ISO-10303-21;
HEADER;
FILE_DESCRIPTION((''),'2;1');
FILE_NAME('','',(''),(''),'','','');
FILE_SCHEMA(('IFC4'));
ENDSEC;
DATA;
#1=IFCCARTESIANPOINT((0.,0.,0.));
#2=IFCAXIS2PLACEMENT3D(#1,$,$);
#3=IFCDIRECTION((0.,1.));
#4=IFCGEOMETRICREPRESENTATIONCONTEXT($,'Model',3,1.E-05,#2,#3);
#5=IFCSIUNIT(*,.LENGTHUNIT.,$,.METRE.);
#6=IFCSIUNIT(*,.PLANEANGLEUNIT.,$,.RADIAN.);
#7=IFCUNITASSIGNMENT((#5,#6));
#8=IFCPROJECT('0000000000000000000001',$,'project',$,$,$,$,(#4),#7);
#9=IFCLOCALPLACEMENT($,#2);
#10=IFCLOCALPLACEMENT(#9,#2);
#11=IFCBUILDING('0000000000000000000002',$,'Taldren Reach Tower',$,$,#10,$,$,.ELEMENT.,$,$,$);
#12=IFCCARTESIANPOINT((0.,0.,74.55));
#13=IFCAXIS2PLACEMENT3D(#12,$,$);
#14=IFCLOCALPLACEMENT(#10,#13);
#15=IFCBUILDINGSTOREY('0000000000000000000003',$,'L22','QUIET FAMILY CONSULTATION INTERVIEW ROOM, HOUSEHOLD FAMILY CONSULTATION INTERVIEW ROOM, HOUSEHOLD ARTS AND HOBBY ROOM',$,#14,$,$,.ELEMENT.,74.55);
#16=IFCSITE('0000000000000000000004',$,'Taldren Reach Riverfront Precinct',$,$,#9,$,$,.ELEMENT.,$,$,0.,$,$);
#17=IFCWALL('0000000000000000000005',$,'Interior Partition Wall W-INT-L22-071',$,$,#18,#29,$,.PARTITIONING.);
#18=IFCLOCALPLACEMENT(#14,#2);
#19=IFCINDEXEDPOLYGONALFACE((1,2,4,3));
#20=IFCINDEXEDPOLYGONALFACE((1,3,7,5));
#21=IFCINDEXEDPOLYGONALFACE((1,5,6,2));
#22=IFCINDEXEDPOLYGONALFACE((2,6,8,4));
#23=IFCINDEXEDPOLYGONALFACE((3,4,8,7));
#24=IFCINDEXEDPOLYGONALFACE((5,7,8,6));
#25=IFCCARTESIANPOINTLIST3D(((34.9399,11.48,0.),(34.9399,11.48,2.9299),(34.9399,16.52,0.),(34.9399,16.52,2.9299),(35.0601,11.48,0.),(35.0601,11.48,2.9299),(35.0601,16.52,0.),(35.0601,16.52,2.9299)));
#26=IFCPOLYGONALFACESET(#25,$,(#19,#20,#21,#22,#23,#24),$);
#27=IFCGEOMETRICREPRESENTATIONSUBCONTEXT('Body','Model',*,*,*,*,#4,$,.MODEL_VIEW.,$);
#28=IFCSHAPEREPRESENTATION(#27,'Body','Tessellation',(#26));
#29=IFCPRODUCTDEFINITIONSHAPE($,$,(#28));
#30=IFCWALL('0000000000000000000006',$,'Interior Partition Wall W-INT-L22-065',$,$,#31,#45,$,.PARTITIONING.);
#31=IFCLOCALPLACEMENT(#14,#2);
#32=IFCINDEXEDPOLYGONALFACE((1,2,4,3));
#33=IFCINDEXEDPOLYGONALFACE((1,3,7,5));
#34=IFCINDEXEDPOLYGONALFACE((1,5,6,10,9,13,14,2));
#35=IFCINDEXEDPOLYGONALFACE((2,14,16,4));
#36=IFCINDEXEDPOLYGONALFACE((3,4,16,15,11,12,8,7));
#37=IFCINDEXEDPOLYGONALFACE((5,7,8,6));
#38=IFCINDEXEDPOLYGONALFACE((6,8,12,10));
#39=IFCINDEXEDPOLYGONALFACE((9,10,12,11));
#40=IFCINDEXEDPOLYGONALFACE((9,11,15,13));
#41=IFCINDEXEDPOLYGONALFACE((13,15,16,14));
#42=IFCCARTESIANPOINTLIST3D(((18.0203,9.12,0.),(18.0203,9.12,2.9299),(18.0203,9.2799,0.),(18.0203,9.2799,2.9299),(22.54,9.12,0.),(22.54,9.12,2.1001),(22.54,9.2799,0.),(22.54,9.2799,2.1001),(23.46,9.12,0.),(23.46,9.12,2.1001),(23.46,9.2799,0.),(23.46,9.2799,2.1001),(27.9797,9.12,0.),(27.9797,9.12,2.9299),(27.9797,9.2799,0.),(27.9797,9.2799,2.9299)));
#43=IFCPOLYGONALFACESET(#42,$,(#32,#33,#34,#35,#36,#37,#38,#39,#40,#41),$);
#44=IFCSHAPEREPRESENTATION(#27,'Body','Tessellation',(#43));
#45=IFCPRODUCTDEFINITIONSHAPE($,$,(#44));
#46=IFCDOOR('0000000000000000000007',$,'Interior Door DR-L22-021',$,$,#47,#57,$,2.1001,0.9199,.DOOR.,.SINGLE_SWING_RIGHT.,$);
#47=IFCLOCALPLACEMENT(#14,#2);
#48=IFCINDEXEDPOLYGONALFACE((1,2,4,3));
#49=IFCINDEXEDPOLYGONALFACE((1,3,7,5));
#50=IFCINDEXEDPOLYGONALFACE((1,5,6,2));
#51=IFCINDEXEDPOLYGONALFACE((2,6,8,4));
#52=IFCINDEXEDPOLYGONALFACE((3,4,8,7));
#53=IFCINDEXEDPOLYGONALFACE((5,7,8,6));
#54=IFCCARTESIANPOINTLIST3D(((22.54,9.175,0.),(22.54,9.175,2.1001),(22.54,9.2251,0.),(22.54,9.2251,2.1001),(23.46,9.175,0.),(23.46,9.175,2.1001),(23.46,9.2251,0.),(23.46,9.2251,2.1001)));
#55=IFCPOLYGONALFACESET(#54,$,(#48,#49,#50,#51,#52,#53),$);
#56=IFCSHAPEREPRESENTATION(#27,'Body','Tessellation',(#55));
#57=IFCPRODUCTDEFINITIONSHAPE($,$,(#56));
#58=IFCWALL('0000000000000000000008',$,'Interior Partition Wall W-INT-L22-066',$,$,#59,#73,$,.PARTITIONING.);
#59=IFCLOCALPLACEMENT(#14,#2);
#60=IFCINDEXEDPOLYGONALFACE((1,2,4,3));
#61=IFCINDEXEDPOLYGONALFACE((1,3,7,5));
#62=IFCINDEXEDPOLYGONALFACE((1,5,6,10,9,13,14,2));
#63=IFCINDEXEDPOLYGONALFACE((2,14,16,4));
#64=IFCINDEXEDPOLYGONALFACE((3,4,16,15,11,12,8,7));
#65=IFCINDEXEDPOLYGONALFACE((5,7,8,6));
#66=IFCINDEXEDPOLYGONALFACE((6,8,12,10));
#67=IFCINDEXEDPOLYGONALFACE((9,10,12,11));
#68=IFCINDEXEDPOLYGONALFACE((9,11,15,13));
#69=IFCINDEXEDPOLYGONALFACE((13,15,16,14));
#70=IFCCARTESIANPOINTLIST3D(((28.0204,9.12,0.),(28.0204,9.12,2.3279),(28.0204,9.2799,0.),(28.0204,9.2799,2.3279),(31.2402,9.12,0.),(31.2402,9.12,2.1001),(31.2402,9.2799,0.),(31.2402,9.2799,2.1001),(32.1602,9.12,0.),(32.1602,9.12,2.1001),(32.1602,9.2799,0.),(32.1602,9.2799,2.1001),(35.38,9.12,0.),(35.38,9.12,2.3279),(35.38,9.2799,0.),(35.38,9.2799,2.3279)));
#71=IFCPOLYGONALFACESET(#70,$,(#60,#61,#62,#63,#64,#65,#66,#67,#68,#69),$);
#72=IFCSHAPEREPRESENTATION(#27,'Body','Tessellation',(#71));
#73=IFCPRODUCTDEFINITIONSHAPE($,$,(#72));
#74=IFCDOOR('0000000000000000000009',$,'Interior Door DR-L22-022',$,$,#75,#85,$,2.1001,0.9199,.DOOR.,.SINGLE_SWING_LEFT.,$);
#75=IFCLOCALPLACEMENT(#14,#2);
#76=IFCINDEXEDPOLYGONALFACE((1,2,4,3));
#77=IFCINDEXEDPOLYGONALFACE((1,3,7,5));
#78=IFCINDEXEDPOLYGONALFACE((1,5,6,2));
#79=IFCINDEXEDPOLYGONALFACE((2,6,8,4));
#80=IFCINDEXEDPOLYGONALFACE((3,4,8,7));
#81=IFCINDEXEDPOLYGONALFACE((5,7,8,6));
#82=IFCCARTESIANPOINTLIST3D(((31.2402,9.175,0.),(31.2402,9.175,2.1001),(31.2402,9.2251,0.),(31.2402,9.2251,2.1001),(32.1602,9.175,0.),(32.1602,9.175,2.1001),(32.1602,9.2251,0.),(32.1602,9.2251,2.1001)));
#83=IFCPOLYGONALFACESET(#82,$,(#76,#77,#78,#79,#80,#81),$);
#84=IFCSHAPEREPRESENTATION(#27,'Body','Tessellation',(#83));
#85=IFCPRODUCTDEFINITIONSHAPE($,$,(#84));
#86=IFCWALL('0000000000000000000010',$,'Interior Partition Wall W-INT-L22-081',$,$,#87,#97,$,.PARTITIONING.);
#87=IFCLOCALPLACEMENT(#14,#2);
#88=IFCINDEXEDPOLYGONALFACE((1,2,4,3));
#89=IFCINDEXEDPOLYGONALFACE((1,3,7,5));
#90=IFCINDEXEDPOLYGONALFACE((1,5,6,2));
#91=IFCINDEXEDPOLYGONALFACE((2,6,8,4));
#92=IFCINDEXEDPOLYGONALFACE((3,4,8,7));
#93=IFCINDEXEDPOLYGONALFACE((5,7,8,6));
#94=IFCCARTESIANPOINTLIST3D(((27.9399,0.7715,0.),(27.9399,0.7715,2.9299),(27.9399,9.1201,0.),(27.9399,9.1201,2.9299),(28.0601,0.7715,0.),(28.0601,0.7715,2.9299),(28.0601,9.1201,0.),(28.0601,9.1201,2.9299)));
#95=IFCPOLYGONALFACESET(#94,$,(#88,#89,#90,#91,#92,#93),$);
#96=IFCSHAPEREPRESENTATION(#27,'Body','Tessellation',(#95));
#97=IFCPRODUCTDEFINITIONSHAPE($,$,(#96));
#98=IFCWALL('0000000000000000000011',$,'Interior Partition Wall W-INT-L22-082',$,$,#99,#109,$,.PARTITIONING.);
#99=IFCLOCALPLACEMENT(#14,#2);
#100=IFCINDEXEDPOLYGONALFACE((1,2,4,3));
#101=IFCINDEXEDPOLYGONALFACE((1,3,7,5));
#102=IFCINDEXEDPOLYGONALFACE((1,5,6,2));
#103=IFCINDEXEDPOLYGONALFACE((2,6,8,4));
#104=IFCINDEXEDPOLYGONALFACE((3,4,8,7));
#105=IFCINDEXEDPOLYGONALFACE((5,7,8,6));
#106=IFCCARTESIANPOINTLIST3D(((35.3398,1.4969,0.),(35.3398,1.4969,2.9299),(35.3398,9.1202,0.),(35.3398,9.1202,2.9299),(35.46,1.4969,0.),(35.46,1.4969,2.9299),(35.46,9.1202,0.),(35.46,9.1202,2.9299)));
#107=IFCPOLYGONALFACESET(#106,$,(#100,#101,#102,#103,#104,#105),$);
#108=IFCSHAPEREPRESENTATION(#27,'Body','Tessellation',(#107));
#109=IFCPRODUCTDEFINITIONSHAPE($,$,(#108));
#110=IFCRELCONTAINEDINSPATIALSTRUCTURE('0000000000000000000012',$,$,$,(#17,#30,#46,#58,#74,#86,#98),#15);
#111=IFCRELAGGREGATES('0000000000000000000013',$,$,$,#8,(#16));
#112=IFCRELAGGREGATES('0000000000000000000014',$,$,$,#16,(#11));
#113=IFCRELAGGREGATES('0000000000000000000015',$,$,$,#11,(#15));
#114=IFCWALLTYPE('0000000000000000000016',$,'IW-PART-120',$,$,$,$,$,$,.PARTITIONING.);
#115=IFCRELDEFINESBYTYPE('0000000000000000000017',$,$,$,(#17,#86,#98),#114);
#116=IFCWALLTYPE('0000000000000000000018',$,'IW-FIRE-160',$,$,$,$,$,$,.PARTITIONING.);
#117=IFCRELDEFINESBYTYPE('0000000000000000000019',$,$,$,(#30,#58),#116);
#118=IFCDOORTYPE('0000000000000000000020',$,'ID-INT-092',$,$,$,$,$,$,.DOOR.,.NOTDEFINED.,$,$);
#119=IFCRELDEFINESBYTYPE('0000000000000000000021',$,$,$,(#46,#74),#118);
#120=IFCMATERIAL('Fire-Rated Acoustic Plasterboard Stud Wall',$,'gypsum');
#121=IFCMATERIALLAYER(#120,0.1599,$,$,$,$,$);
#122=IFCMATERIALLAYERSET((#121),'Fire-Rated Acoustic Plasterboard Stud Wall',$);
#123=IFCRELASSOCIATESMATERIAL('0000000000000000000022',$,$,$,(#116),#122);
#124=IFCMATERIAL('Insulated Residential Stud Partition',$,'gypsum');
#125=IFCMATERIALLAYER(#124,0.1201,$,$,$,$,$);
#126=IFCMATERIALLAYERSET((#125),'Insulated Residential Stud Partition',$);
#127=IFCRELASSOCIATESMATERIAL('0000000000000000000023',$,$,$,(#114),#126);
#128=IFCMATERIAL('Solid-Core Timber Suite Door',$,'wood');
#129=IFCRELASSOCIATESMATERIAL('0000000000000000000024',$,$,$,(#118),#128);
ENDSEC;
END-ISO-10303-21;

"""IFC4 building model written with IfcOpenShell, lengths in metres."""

from ifc_helpers import new_model, si_unit, direction, frame, frame_2d, origin, place, context, subcontext, project, spatial, rectangle, extrude, source, transform, mapped, material, layer, layer_set, type_object, element, fill, save


model = new_model("IFC4")

# Units and contexts
model_context = context("Model", 3, precision=1e-05, world=origin(), true_north=direction((0.0, 1.0)))
body_context = subcontext(model_context, "Body", "Model", "MODEL_VIEW")
ifc_project = project(units=[si_unit("LENGTHUNIT", "METRE"), si_unit("PLANEANGLEUNIT", "RADIAN")], contexts=[model_context])

# Site, building, storey
site_placement = place(None, origin())
site = spatial("IfcSite", under=ifc_project, at=site_placement, Name="Taldren Reach Riverfront Precinct", CompositionType="ELEMENT", RefElevation=0.0)
building_placement = place(site_placement, origin())
building = spatial("IfcBuilding", under=site, at=building_placement, Name="Taldren Reach Tower", CompositionType="ELEMENT")
storey_placement = place(building_placement, frame((0.0, 0.0, 74.55)))
storey = spatial("IfcBuildingStorey", under=building, at=storey_placement, Name="L22", Description="QUIET FAMILY CONSULTATION INTERVIEW ROOM, HOUSEHOLD FAMILY CONSULTATION INTERVIEW ROOM, HOUSEHOLD ARTS AND HOBBY ROOM", CompositionType="ELEMENT", Elevation=74.55)

# Shared definitions
ifc_material_1 = material(Name="Fire-Rated Acoustic Plasterboard Stud Wall", Category="gypsum")
ifc_layer_1 = layer(ifc_material_1, 0.1599)
ifc_layer_set_1 = layer_set([ifc_layer_1], Name="Fire-Rated Acoustic Plasterboard Stud Wall")
wall_type_1 = type_object("IfcWallType", Name="IW-FIRE-160", PredefinedType="PARTITIONING", material=ifc_layer_set_1)

# Wall
ifc_material_2 = material(Name="Insulated Residential Stud Partition", Category="gypsum")
ifc_layer_2 = layer(ifc_material_2, 0.1201)
ifc_layer_set_2 = layer_set([ifc_layer_2], Name="Insulated Residential Stud Partition")
wall_type_2 = type_object("IfcWallType", Name="IW-PART-120", PredefinedType="PARTITIONING", material=ifc_layer_set_2)
shared_shape_1 = source(origin(), body_context, "Body", "SweptSolid", [
    extrude(rectangle(XDim=5.04, YDim=0.1201, at=frame_2d((2.52, 0.0))), origin(), (0.0, 0.0, 1.0), 2.9299),
])
wall_1_placement = place(storey_placement, frame((35.0, 16.52, 0.0), z_axis=(0.0, 0.0, 1.0), x_axis=(0.0, -1.0, 0.0)))
element("IfcWall", 1, at=wall_1_placement, inside=storey, type_object=wall_type_2, Name="Interior Partition Wall W-INT-L22-071", PredefinedType="PARTITIONING", context=body_context, shape_type="MappedRepresentation", body=[
    mapped(shared_shape_1, transform((0.0, 0.0, 0.0), scale=1.0)),
])

# Walls, openings, doors
shared_shape_2 = source(origin(), body_context, "Body", "SweptSolid", [
    extrude(rectangle(XDim=9.9595, YDim=0.1599, at=frame_2d((4.9797, 0.0))), origin(), (0.0, 0.0, 1.0), 2.9299),
])
wall_2_placement = place(storey_placement, frame((27.9797, 9.2, 0.0), z_axis=(0.0, 0.0, 1.0), x_axis=(-1.0, 0.0, 0.0)))
wall_2 = element("IfcWall", 2, at=wall_2_placement, inside=storey, type_object=wall_type_1, Name="Interior Partition Wall W-INT-L22-065", PredefinedType="PARTITIONING", context=body_context, shape_type="MappedRepresentation", body=[
    mapped(shared_shape_2, transform((0.0, 0.0, 0.0), scale=1.0)),
])
shared_shape_3 = source(origin(), body_context, "Body", "SweptSolid", [
    extrude(rectangle(XDim=0.9199, YDim=2.1001, at=frame_2d((0.46, 1.05))), frame((0.0, 0.0898, 0.0), z_axis=(0.0, -1.0, 0.0), x_axis=(1.0, 0.0, 0.0)), (0.0, 0.0, 1.0), 0.1799),
])
opening_1_placement = place(wall_2_placement, frame((4.5198, 0.0, 0.0)))
opening_1 = element("IfcOpeningElement", 3, at=opening_1_placement, cuts=wall_2, PredefinedType="OPENING", context=body_context, shape_type="MappedRepresentation", body=[
    mapped(shared_shape_3, transform((0.0, 0.0, 0.0), scale=1.0)),
])
ifc_material_3 = material(Name="Solid-Core Timber Suite Door", Category="wood")
door_type_1 = type_object("IfcDoorType", Name="ID-INT-092", OperationType="NOTDEFINED", PredefinedType="DOOR", material=ifc_material_3)
shared_shape_4 = source(origin(), body_context, "Body", "SweptSolid", [
    extrude(rectangle(XDim=0.9199, YDim=2.1001, at=frame_2d((0.46, 1.05))), frame((0.0, 0.0249, 0.0), z_axis=(0.0, -1.0, 0.0), x_axis=(1.0, 0.0, 0.0)), (0.0, 0.0, 1.0), 0.05),
])
door_1_placement = place(opening_1_placement, origin())
door_1 = element("IfcDoor", 4, at=door_1_placement, inside=storey, type_object=door_type_1, Name="Interior Door DR-L22-021", OperationType="SINGLE_SWING_RIGHT", OverallHeight=2.1001, OverallWidth=0.9199, PredefinedType="DOOR", context=body_context, shape_type="MappedRepresentation", body=[
    mapped(shared_shape_4, transform((0.0, 0.0, 0.0), scale=1.0)),
])
fill(opening_1, door_1)
shared_shape_5 = source(origin(), body_context, "Body", "SweptSolid", [
    extrude(rectangle(XDim=7.3596, YDim=0.1599, at=frame_2d((3.6797, 0.0))), origin(), (0.0, 0.0, 1.0), 2.3279),
])
wall_3_placement = place(storey_placement, frame((35.3799, 9.2, 0.0), z_axis=(0.0, 0.0, 1.0), x_axis=(-1.0, 0.0, 0.0)))
wall_3 = element("IfcWall", 5, at=wall_3_placement, inside=storey, type_object=wall_type_1, Name="Interior Partition Wall W-INT-L22-066", PredefinedType="PARTITIONING", context=body_context, shape_type="MappedRepresentation", body=[
    mapped(shared_shape_5, transform((0.0, 0.0, 0.0), scale=1.0)),
])
opening_2_placement = place(wall_3_placement, frame((3.2197, 0.0, 0.0)))
opening_2 = element("IfcOpeningElement", 6, at=opening_2_placement, cuts=wall_3, PredefinedType="OPENING", context=body_context, shape_type="MappedRepresentation", body=[
    mapped(shared_shape_3, transform((0.0, 0.0, 0.0), scale=1.0)),
])
door_2_placement = place(opening_2_placement, origin())
door_2 = element("IfcDoor", 7, at=door_2_placement, inside=storey, type_object=door_type_1, Name="Interior Door DR-L22-022", OperationType="SINGLE_SWING_LEFT", OverallHeight=2.1001, OverallWidth=0.9199, PredefinedType="DOOR", context=body_context, shape_type="MappedRepresentation", body=[
    mapped(shared_shape_4, transform((0.0, 0.0, 0.0), scale=1.0)),
])
fill(opening_2, door_2)

# Walls
shared_shape_6 = source(origin(), body_context, "Body", "SweptSolid", [
    extrude(rectangle(XDim=8.3486, YDim=0.1201, at=frame_2d((4.1743, 0.0))), origin(), (0.0, 0.0, 1.0), 2.9299),
])
wall_4_placement = place(storey_placement, frame((28.0, 9.1201, 0.0), z_axis=(0.0, 0.0, 1.0), x_axis=(0.0, -1.0, 0.0)))
element("IfcWall", 8, at=wall_4_placement, inside=storey, type_object=wall_type_2, Name="Interior Partition Wall W-INT-L22-081", PredefinedType="PARTITIONING", context=body_context, shape_type="MappedRepresentation", body=[
    mapped(shared_shape_6, transform((0.0, 0.0, 0.0), scale=1.0)),
])
shared_shape_7 = source(origin(), body_context, "Body", "SweptSolid", [
    extrude(rectangle(XDim=7.6233, YDim=0.1201, at=frame_2d((3.8115, 0.0))), origin(), (0.0, 0.0, 1.0), 2.9299),
])
wall_5_placement = place(storey_placement, frame((35.3999, 9.1201, 0.0), z_axis=(0.0, 0.0, 1.0), x_axis=(0.0, -1.0, 0.0)))
element("IfcWall", 9, at=wall_5_placement, inside=storey, type_object=wall_type_2, Name="Interior Partition Wall W-INT-L22-082", PredefinedType="PARTITIONING", context=body_context, shape_type="MappedRepresentation", body=[
    mapped(shared_shape_7, transform((0.0, 0.0, 0.0), scale=1.0)),
])

save(model, "model.ifc")
